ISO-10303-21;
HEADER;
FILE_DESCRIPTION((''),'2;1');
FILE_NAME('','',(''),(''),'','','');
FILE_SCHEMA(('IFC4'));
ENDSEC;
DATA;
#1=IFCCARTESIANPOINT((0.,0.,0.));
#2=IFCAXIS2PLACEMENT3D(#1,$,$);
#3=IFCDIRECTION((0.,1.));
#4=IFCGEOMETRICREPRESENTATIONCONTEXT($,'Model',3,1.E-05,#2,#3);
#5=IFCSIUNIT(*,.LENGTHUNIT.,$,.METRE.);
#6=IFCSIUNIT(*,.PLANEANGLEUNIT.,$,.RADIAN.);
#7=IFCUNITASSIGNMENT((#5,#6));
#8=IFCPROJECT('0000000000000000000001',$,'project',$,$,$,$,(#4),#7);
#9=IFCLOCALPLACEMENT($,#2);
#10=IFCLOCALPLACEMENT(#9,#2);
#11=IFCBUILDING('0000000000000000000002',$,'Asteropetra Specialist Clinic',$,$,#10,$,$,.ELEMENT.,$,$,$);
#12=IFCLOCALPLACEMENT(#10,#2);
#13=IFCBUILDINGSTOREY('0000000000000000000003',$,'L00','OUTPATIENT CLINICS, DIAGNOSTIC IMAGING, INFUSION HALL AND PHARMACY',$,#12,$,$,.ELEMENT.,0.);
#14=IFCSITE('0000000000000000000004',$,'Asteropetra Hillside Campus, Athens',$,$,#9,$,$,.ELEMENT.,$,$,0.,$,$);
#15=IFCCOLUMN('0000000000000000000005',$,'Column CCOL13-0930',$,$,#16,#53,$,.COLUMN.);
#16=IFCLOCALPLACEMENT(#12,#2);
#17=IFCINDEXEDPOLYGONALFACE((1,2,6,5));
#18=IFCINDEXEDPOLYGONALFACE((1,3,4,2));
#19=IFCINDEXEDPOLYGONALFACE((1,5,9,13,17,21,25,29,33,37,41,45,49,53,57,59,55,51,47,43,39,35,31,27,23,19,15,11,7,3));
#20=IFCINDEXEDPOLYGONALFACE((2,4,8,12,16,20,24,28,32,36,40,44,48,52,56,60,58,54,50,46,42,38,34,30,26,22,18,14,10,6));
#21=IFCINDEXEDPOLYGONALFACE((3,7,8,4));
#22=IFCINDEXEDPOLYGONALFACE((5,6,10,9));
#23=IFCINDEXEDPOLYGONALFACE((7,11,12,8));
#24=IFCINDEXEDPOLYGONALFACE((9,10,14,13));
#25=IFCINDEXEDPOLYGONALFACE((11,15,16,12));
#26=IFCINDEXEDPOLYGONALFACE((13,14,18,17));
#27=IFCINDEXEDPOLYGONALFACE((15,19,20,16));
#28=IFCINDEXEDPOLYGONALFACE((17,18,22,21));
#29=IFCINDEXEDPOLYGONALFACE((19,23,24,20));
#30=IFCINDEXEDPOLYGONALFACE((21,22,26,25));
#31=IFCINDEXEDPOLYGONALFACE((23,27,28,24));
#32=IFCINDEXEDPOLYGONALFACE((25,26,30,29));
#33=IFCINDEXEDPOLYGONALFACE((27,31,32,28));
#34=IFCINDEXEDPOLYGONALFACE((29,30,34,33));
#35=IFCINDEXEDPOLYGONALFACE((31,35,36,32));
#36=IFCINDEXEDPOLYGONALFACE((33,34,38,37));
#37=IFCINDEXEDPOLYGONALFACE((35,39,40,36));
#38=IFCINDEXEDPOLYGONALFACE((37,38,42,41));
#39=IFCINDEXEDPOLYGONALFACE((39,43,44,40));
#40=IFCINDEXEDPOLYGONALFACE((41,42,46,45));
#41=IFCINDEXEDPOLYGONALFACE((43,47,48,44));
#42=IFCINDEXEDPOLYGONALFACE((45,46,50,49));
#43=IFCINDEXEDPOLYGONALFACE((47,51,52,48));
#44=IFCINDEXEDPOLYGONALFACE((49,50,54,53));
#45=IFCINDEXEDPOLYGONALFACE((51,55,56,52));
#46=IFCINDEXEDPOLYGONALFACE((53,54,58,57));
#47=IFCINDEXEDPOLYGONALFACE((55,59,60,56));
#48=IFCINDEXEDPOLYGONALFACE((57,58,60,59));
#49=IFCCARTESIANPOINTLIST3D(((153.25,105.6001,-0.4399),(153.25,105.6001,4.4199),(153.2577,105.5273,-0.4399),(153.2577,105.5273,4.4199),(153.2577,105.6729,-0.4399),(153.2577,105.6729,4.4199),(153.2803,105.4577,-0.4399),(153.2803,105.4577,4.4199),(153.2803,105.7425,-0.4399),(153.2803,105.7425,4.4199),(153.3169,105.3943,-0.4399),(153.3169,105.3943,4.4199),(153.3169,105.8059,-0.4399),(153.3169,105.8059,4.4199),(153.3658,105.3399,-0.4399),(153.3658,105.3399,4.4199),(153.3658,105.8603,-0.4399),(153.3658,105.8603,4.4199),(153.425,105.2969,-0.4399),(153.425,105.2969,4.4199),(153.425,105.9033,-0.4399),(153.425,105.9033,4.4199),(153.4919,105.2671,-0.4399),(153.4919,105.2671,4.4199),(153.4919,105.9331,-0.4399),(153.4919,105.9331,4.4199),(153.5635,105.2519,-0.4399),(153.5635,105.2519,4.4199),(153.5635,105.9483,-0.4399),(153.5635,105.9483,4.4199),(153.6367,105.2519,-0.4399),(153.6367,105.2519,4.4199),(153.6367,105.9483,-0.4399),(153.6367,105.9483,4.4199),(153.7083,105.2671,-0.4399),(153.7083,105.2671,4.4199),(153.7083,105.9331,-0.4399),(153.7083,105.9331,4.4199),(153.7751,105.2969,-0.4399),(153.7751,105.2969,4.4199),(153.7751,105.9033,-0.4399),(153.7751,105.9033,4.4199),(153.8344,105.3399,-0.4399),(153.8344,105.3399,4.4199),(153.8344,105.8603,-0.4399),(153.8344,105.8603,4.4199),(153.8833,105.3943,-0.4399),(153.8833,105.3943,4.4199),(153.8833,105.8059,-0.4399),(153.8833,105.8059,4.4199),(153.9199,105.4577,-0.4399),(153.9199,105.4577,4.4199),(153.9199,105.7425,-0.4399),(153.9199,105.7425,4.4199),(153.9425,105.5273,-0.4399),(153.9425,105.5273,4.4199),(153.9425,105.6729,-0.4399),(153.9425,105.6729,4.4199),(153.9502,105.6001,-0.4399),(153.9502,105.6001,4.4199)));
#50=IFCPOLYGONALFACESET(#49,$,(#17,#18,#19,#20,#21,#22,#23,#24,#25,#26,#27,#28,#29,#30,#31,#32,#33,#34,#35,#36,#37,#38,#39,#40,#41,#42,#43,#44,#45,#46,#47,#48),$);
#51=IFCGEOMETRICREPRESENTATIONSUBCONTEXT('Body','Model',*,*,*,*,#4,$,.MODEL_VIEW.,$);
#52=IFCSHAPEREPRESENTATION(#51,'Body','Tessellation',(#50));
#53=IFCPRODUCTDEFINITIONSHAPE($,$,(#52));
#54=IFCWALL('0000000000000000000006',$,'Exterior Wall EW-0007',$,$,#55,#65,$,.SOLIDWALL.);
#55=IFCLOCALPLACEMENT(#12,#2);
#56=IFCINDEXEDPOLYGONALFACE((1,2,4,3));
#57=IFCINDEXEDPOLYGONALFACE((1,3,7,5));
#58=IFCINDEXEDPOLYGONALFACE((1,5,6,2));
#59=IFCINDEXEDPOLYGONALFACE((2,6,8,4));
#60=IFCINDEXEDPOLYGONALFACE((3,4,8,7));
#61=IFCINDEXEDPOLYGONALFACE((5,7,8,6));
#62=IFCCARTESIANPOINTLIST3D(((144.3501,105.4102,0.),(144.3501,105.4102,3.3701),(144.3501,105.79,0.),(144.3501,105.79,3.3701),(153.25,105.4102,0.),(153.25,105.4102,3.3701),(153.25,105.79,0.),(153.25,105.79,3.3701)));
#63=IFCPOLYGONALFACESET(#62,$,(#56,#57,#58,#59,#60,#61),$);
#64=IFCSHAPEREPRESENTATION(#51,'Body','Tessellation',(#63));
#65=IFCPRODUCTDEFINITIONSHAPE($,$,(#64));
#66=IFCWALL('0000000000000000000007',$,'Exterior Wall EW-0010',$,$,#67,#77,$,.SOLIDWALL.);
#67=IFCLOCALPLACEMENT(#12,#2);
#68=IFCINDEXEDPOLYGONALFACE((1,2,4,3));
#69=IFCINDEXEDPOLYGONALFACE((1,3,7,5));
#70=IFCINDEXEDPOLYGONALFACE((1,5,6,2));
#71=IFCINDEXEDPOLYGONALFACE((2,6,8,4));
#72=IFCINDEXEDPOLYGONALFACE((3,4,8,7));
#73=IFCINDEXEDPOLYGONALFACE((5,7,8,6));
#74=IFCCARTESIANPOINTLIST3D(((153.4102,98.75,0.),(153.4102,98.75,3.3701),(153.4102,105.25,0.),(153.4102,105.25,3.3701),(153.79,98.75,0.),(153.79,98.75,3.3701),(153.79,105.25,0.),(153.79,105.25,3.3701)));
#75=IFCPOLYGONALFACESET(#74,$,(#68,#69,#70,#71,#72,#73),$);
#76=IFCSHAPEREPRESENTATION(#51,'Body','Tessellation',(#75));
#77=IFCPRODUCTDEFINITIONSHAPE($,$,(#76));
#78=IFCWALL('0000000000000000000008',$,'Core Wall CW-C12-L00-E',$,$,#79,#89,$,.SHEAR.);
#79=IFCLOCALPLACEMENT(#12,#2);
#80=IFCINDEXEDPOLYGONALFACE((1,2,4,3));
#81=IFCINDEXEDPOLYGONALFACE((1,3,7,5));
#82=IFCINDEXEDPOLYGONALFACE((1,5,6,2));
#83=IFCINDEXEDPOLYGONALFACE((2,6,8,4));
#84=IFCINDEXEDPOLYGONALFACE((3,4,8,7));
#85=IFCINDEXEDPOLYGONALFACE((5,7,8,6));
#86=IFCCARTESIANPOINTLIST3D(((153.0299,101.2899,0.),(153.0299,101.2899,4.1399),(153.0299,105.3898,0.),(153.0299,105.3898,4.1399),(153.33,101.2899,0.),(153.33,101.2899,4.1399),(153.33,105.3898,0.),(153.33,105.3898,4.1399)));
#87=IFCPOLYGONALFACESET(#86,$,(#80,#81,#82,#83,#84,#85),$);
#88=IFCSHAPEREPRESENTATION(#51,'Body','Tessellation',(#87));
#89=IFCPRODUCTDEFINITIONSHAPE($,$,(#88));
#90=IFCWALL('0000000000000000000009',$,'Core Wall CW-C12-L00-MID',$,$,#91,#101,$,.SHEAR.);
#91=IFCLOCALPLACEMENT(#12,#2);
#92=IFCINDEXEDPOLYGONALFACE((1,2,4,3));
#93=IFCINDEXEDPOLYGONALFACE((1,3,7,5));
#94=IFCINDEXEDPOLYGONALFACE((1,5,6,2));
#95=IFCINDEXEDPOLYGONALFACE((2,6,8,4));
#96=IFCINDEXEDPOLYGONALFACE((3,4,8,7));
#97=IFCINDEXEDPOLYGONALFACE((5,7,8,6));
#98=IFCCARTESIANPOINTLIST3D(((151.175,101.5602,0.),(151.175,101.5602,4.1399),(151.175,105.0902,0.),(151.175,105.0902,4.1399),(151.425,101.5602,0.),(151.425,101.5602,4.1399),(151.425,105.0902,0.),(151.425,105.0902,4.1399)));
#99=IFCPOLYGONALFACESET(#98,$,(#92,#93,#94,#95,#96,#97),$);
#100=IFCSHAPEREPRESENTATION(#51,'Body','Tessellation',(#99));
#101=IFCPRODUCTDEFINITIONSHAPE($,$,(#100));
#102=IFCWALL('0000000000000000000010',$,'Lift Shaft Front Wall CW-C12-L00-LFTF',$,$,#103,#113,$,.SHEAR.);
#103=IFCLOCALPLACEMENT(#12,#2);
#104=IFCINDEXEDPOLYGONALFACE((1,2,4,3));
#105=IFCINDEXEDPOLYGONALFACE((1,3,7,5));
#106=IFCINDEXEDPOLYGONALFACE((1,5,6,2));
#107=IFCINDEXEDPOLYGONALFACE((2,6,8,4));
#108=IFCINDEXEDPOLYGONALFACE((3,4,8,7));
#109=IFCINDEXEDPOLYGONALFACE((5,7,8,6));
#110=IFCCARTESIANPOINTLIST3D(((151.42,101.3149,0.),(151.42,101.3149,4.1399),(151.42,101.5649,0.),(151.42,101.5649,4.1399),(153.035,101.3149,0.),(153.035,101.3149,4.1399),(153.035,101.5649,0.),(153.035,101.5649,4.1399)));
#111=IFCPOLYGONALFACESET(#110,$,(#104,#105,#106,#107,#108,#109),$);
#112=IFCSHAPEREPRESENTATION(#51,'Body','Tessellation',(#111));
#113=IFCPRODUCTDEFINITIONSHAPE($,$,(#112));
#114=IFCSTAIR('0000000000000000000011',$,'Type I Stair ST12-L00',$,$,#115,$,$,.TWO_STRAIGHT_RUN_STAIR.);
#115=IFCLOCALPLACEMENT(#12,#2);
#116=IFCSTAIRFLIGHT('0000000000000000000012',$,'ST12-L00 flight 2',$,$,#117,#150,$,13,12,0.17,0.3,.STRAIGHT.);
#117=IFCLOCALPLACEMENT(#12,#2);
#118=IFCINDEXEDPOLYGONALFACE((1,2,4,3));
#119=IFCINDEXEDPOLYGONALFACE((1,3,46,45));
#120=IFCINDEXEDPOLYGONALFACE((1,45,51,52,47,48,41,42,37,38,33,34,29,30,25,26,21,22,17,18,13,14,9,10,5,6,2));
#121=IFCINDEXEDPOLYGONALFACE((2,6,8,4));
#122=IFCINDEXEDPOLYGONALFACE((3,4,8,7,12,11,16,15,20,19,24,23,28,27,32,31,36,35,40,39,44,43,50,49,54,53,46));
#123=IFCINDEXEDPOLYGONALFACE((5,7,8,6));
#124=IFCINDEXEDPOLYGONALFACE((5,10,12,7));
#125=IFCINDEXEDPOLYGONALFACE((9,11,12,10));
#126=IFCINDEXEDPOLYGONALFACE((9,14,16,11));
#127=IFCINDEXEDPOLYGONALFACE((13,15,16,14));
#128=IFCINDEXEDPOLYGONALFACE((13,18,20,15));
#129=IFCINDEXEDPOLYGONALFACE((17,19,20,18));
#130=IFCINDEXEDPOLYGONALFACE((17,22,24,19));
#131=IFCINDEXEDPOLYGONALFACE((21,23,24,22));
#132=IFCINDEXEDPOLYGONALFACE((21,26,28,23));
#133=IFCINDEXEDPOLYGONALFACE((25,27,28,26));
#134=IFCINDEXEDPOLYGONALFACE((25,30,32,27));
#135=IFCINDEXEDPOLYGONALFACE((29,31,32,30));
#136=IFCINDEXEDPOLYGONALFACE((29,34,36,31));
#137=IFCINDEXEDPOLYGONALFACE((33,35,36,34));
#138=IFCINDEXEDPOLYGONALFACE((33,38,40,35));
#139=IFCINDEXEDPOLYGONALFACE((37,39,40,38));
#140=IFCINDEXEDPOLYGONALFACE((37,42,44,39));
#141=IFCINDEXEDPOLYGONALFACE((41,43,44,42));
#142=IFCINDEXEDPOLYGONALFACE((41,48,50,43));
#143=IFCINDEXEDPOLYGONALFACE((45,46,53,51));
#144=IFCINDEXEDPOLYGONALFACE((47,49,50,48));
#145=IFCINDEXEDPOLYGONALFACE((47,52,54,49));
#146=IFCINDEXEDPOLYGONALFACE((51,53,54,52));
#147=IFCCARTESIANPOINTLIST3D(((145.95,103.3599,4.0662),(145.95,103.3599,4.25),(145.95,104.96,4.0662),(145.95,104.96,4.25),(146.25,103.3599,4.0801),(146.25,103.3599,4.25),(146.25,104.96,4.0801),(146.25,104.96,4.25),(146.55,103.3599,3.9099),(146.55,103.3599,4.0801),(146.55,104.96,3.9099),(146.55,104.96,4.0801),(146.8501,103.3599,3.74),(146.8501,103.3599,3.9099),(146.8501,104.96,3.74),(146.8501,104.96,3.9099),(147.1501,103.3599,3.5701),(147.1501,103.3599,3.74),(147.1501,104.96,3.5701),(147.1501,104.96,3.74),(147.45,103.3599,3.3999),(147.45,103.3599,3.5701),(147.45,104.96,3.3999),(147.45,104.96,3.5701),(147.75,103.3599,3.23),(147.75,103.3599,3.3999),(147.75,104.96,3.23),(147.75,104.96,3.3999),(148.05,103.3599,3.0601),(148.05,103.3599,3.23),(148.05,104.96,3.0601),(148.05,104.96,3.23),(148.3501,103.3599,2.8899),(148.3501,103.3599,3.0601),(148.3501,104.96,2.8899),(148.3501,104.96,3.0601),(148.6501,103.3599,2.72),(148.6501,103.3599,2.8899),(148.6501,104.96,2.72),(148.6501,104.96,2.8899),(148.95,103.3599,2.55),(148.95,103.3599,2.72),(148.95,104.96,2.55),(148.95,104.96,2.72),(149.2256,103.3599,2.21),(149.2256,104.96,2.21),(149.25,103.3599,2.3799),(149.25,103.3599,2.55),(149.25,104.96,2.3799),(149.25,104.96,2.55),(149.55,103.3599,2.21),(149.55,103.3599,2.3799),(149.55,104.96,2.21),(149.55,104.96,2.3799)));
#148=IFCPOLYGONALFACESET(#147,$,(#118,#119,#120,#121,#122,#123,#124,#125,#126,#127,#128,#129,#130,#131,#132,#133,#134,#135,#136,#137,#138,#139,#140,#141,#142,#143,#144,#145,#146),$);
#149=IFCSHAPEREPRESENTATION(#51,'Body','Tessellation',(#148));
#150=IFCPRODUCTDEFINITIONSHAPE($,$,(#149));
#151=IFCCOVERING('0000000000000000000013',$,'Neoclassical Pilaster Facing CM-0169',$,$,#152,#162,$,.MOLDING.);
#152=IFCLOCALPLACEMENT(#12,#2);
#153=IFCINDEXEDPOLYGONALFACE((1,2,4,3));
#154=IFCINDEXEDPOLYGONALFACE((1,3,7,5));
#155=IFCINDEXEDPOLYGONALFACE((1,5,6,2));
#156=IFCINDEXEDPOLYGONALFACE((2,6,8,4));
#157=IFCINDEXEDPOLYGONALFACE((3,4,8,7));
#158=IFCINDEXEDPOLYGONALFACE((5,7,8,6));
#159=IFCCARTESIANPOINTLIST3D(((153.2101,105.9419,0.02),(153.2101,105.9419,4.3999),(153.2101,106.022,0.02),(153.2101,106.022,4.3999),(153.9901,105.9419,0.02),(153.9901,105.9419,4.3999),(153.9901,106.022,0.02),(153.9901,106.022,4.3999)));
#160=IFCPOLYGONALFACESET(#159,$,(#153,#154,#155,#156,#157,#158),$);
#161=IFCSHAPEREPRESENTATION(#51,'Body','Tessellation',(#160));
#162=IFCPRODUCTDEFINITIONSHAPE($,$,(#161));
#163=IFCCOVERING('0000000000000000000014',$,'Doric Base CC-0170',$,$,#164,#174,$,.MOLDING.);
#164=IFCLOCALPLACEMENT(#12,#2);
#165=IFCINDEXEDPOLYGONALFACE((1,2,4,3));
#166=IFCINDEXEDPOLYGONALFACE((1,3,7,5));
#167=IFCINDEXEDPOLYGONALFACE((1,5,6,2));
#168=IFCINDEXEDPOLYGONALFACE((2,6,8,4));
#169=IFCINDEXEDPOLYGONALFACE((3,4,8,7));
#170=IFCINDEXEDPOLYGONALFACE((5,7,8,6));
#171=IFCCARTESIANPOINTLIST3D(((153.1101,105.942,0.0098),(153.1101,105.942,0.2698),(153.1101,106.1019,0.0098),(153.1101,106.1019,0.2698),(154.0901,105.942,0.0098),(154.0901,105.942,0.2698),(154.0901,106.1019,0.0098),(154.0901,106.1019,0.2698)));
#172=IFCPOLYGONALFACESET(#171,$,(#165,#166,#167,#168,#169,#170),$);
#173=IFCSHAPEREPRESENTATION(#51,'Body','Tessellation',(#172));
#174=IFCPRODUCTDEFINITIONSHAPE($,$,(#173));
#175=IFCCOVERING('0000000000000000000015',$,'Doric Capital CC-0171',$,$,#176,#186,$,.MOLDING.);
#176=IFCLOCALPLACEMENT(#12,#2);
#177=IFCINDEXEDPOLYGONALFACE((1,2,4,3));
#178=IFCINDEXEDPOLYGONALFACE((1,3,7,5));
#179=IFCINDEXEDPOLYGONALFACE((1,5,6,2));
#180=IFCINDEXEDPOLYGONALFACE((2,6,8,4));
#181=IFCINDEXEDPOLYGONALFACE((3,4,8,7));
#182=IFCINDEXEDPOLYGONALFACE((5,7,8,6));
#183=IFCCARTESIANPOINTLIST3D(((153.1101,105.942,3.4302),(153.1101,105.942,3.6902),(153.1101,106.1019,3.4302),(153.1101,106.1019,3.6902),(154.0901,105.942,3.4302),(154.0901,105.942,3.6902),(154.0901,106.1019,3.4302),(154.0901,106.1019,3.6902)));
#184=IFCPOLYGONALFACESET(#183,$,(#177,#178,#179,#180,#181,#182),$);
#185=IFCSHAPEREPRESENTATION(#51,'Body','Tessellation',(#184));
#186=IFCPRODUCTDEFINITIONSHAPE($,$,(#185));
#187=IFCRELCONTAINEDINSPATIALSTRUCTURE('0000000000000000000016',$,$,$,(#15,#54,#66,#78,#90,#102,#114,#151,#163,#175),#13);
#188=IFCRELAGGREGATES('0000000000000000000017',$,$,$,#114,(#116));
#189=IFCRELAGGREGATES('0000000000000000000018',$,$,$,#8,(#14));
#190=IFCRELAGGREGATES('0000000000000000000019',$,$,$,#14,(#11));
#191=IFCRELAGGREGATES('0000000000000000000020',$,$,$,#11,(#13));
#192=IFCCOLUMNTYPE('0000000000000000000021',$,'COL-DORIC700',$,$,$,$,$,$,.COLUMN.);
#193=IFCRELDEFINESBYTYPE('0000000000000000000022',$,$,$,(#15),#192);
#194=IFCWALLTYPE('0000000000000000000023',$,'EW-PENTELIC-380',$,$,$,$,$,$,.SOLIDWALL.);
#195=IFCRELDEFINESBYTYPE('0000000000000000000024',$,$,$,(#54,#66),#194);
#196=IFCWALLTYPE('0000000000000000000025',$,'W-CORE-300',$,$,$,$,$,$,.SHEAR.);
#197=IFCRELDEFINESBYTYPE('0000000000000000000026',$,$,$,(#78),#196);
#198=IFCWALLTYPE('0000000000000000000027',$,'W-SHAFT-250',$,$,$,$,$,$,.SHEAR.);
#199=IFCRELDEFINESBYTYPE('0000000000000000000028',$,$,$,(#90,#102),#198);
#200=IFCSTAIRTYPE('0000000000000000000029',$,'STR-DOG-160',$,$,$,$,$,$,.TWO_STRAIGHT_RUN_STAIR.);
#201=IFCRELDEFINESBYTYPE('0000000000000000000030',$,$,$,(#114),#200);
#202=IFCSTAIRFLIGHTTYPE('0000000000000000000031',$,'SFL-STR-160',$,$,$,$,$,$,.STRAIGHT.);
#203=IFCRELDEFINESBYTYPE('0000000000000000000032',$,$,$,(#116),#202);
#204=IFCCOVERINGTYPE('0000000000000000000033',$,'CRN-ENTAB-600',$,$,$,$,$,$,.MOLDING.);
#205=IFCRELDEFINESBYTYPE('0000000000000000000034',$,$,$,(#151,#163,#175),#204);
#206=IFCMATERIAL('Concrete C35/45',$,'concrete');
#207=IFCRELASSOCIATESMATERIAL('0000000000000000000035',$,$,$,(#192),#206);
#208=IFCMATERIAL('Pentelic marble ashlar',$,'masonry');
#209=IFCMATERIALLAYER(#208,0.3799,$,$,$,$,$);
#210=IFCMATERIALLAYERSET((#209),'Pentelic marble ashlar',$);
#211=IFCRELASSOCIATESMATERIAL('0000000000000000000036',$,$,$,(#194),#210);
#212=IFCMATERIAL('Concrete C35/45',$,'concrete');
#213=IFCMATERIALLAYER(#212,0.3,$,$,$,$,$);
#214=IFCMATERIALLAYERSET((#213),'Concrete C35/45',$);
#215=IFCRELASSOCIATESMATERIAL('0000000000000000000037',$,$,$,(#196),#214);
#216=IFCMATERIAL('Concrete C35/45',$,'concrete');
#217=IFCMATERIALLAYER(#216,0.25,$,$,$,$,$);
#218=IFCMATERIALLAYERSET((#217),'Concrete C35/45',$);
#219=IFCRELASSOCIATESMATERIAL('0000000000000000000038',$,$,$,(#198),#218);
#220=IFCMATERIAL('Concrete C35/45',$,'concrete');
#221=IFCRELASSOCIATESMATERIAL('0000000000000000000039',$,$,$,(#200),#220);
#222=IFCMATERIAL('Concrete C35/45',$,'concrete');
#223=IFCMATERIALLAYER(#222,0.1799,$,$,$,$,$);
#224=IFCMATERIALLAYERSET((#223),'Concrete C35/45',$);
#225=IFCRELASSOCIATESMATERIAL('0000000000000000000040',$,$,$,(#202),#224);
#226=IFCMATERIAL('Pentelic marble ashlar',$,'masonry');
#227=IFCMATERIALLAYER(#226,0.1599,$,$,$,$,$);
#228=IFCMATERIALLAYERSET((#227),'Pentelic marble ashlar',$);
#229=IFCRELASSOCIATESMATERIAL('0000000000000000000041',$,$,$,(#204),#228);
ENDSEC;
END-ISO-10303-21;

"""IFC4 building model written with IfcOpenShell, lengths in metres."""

from ifc_helpers import new_model, si_unit, direction, frame, frame_2d, origin, origin_2d, place, context, subcontext, project, spatial, polyline, rectangle, circle, outline, extrude, material, layer, layer_set, material_profile, profile_set, type_object, element, aggregate, save


model = new_model("IFC4")

# Units and contexts
model_context = context("Model", 3, precision=1e-05, world=origin(), true_north=direction((0.0, 1.0)))
body_context = subcontext(model_context, "Body", "Model", "MODEL_VIEW")
ifc_project = project(units=[si_unit("LENGTHUNIT", "METRE"), si_unit("PLANEANGLEUNIT", "RADIAN")], contexts=[model_context])

# Site, building, storey
site_placement = place(None, origin())
site = spatial("IfcSite", under=ifc_project, at=site_placement, Name="Asteropetra Hillside Campus, Athens", CompositionType="ELEMENT", RefElevation=0.0)
building_placement = place(site_placement, origin())
building = spatial("IfcBuilding", under=site, at=building_placement, Name="Asteropetra Specialist Clinic", CompositionType="ELEMENT")
storey_placement = place(building_placement, origin())
storey = spatial("IfcBuildingStorey", under=building, at=storey_placement, Name="L00", Description="OUTPATIENT CLINICS, DIAGNOSTIC IMAGING, INFUSION HALL AND PHARMACY", CompositionType="ELEMENT", Elevation=0.0)

# Column
ifc_material_1 = material(Name="Concrete C35/45", Category="concrete")
ifc_material_profile_1 = material_profile(ifc_material_1, circle(Radius=0.3501, at=origin_2d()), Name="RCC D700")
ifc_profile_set_1 = profile_set([ifc_material_profile_1], Name="Concrete C35/45")
column_type = type_object("IfcColumnType", Name="COL-DORIC700", PredefinedType="COLUMN", material=ifc_profile_set_1)
column_placement = place(storey_placement, frame((153.6001, 105.6001, -0.4399), z_axis=(0.0, 0.0, 1.0), x_axis=(1.0, 0.0, 0.0)))
element("IfcColumn", 1, at=column_placement, inside=storey, type_object=column_type, Name="Column CCOL13-0930", PredefinedType="COLUMN", context=body_context, shape_type="SweptSolid", body=[
    extrude(circle(Radius=0.3501, at=origin_2d()), origin(), (0.0, 0.0, 1.0), 4.8599),
])

# Walls
ifc_material_2 = material(Name="Pentelic marble ashlar", Category="masonry")
ifc_layer_1 = layer(ifc_material_2, 0.3799)
ifc_layer_set_1 = layer_set([ifc_layer_1], Name="Pentelic marble ashlar")
wall_type_1 = type_object("IfcWallType", Name="EW-PENTELIC-380", PredefinedType="SOLIDWALL", material=ifc_layer_set_1)
wall_1_placement = place(storey_placement, frame((153.25, 105.6001, 0.0), z_axis=(0.0, 0.0, 1.0), x_axis=(-1.0, 0.0, 0.0)))
element("IfcWall", 2, at=wall_1_placement, inside=storey, type_object=wall_type_1, Name="Exterior Wall EW-0007", PredefinedType="SOLIDWALL", context=body_context, shape_type="SweptSolid", body=[
    extrude(rectangle(XDim=8.8999, YDim=0.3799, at=frame_2d((4.45, 0.0))), origin(), (0.0, 0.0, 1.0), 3.3701),
])
wall_2_placement = place(storey_placement, frame((153.6001, 98.75, 0.0), z_axis=(0.0, 0.0, 1.0), x_axis=(0.0, 1.0, 0.0)))
element("IfcWall", 3, at=wall_2_placement, inside=storey, type_object=wall_type_1, Name="Exterior Wall EW-0010", PredefinedType="SOLIDWALL", context=body_context, shape_type="SweptSolid", body=[
    extrude(rectangle(XDim=6.5, YDim=0.3799, at=frame_2d((3.25, 0.0))), origin(), (0.0, 0.0, 1.0), 3.3701),
])
ifc_material_3 = material(Name="Concrete C35/45", Category="concrete")
ifc_layer_2 = layer(ifc_material_3, 0.3)
ifc_layer_set_2 = layer_set([ifc_layer_2], Name="Concrete C35/45")
wall_type_2 = type_object("IfcWallType", Name="W-CORE-300", PredefinedType="SHEAR", material=ifc_layer_set_2)
wall_3_placement = place(storey_placement, frame((153.1799, 101.29, 0.0), z_axis=(0.0, 0.0, 1.0), x_axis=(0.0, 1.0, 0.0)))
element("IfcWall", 4, at=wall_3_placement, inside=storey, type_object=wall_type_2, Name="Core Wall CW-C12-L00-E", PredefinedType="SHEAR", context=body_context, shape_type="SweptSolid", body=[
    extrude(rectangle(XDim=4.0999, YDim=0.3, at=frame_2d((2.0498, 0.0))), origin(), (0.0, 0.0, 1.0), 4.1399),
])
ifc_material_4 = material(Name="Concrete C35/45", Category="concrete")
ifc_layer_3 = layer(ifc_material_4, 0.25)
ifc_layer_set_3 = layer_set([ifc_layer_3], Name="Concrete C35/45")
wall_type_3 = type_object("IfcWallType", Name="W-SHAFT-250", PredefinedType="SHEAR", material=ifc_layer_set_3)
wall_4_placement = place(storey_placement, frame((151.3, 101.5601, 0.0), z_axis=(0.0, 0.0, 1.0), x_axis=(0.0, 1.0, 0.0)))
element("IfcWall", 5, at=wall_4_placement, inside=storey, type_object=wall_type_3, Name="Core Wall CW-C12-L00-MID", PredefinedType="SHEAR", context=body_context, shape_type="SweptSolid", body=[
    extrude(rectangle(XDim=3.53, YDim=0.25, at=frame_2d((1.7651, 0.0))), origin(), (0.0, 0.0, 1.0), 4.1399),
])
wall_5_placement = place(storey_placement, frame((151.4199, 101.4399, 0.0), z_axis=(0.0, 0.0, 1.0), x_axis=(1.0, 0.0, 0.0)))
element("IfcWall", 6, at=wall_5_placement, inside=storey, type_object=wall_type_3, Name="Lift Shaft Front Wall CW-C12-L00-LFTF", PredefinedType="SHEAR", context=body_context, shape_type="SweptSolid", body=[
    extrude(rectangle(XDim=1.615, YDim=0.25, at=frame_2d((0.8076, 0.0))), origin(), (0.0, 0.0, 1.0), 4.1399),
])

# Stair, stair flight
ifc_material_5 = material(Name="Concrete C35/45", Category="concrete")
stair_type = type_object("IfcStairType", Name="STR-DOG-160", PredefinedType="TWO_STRAIGHT_RUN_STAIR", material=ifc_material_5)
stair_placement = place(storey_placement, origin())
stair = element("IfcStair", 7, at=stair_placement, inside=storey, type_object=stair_type, Name="Type I Stair ST12-L00", PredefinedType="TWO_STRAIGHT_RUN_STAIR")
ifc_material_6 = material(Name="Concrete C35/45", Category="concrete")
ifc_layer_4 = layer(ifc_material_6, 0.1799)
ifc_layer_set_4 = layer_set([ifc_layer_4], Name="Concrete C35/45")
stair_flight_type = type_object("IfcStairFlightType", Name="SFL-STR-160", PredefinedType="STRAIGHT", material=ifc_layer_set_4)
stair_flight_placement = place(storey_placement, frame((149.55, 104.1599, 2.21), z_axis=(0.0, 0.0, 1.0), x_axis=(-1.0, 0.0, 0.0)))
stair_flight = element("IfcStairFlight", 8, at=stair_flight_placement, type_object=stair_flight_type, Name="ST12-L00 flight 2", NumberOfRisers=13, NumberOfTreads=12, PredefinedType="STRAIGHT", RiserHeight=0.17, TreadLength=0.3, context=body_context, shape_type="SweptSolid", body=[
    extrude(outline(polyline([(0.0, 0.0), (0.0, 0.1699), (0.3, 0.1699), (0.3, 0.3401), (0.6001, 0.3401), (0.6001, 0.51), (0.8999, 0.51), (0.8999, 0.6799), (1.2, 0.6799), (1.2, 0.8501), (1.5, 0.8501), (1.5, 1.02), (1.8, 1.02), (1.8, 1.1899), (2.1001, 1.1899), (2.1001, 1.3601), (2.3999, 1.3601), (2.3999, 1.53), (2.7, 1.53), (2.7, 1.7), (3.0, 1.7), (3.0, 1.8701), (3.3, 1.8701), (3.3, 2.04), (3.6001, 2.04), (3.6001, 2.21), (3.6001, 1.8562), (0.3245, 0.0), (0.0, 0.0)])), frame((0.0, 0.8, 0.0), z_axis=(0.0, -1.0, 0.0), x_axis=(1.0, 0.0, 0.0)), (0.0, 0.0, 1.0), 1.6001),
])
aggregate(stair, [stair_flight])

# Coverings
ifc_material_7 = material(Name="Pentelic marble ashlar", Category="masonry")
ifc_layer_5 = layer(ifc_material_7, 0.1599)
ifc_layer_set_5 = layer_set([ifc_layer_5], Name="Pentelic marble ashlar")
covering_type = type_object("IfcCoveringType", Name="CRN-ENTAB-600", PredefinedType="MOLDING", material=ifc_layer_set_5)
covering_1_placement = place(storey_placement, frame((153.6001, 105.9819, 0.02), z_axis=(0.0, 0.0, 1.0), x_axis=(1.0, 0.0, 0.0)))
element("IfcCovering", 9, at=covering_1_placement, inside=storey, type_object=covering_type, Name="Neoclassical Pilaster Facing CM-0169", PredefinedType="MOLDING", context=body_context, shape_type="SweptSolid", body=[
    extrude(rectangle(XDim=0.78, YDim=0.0801, at=origin_2d()), origin(), (0.0, 0.0, 1.0), 4.3799),
])
for number, where, z_axis, x_axis, name in (
    (10, (153.6001, 106.022, 0.0098), (0.0, 0.0, 1.0), (1.0, 0.0, 0.0), "Doric Base CC-0170"),
    (11, (153.6001, 106.022, 3.4302), (0.0, 0.0, 1.0), (1.0, 0.0, 0.0), "Doric Capital CC-0171"),
):
    element("IfcCovering", number, at=place(storey_placement, frame(where, z_axis=z_axis, x_axis=x_axis)), inside=storey, type_object=covering_type, Name=name, PredefinedType="MOLDING", context=body_context, shape_type="SweptSolid", body=[
        extrude(rectangle(XDim=0.98, YDim=0.1599, at=origin_2d()), origin(), (0.0, 0.0, 1.0), 0.26),
    ])

save(model, "model.ifc")
